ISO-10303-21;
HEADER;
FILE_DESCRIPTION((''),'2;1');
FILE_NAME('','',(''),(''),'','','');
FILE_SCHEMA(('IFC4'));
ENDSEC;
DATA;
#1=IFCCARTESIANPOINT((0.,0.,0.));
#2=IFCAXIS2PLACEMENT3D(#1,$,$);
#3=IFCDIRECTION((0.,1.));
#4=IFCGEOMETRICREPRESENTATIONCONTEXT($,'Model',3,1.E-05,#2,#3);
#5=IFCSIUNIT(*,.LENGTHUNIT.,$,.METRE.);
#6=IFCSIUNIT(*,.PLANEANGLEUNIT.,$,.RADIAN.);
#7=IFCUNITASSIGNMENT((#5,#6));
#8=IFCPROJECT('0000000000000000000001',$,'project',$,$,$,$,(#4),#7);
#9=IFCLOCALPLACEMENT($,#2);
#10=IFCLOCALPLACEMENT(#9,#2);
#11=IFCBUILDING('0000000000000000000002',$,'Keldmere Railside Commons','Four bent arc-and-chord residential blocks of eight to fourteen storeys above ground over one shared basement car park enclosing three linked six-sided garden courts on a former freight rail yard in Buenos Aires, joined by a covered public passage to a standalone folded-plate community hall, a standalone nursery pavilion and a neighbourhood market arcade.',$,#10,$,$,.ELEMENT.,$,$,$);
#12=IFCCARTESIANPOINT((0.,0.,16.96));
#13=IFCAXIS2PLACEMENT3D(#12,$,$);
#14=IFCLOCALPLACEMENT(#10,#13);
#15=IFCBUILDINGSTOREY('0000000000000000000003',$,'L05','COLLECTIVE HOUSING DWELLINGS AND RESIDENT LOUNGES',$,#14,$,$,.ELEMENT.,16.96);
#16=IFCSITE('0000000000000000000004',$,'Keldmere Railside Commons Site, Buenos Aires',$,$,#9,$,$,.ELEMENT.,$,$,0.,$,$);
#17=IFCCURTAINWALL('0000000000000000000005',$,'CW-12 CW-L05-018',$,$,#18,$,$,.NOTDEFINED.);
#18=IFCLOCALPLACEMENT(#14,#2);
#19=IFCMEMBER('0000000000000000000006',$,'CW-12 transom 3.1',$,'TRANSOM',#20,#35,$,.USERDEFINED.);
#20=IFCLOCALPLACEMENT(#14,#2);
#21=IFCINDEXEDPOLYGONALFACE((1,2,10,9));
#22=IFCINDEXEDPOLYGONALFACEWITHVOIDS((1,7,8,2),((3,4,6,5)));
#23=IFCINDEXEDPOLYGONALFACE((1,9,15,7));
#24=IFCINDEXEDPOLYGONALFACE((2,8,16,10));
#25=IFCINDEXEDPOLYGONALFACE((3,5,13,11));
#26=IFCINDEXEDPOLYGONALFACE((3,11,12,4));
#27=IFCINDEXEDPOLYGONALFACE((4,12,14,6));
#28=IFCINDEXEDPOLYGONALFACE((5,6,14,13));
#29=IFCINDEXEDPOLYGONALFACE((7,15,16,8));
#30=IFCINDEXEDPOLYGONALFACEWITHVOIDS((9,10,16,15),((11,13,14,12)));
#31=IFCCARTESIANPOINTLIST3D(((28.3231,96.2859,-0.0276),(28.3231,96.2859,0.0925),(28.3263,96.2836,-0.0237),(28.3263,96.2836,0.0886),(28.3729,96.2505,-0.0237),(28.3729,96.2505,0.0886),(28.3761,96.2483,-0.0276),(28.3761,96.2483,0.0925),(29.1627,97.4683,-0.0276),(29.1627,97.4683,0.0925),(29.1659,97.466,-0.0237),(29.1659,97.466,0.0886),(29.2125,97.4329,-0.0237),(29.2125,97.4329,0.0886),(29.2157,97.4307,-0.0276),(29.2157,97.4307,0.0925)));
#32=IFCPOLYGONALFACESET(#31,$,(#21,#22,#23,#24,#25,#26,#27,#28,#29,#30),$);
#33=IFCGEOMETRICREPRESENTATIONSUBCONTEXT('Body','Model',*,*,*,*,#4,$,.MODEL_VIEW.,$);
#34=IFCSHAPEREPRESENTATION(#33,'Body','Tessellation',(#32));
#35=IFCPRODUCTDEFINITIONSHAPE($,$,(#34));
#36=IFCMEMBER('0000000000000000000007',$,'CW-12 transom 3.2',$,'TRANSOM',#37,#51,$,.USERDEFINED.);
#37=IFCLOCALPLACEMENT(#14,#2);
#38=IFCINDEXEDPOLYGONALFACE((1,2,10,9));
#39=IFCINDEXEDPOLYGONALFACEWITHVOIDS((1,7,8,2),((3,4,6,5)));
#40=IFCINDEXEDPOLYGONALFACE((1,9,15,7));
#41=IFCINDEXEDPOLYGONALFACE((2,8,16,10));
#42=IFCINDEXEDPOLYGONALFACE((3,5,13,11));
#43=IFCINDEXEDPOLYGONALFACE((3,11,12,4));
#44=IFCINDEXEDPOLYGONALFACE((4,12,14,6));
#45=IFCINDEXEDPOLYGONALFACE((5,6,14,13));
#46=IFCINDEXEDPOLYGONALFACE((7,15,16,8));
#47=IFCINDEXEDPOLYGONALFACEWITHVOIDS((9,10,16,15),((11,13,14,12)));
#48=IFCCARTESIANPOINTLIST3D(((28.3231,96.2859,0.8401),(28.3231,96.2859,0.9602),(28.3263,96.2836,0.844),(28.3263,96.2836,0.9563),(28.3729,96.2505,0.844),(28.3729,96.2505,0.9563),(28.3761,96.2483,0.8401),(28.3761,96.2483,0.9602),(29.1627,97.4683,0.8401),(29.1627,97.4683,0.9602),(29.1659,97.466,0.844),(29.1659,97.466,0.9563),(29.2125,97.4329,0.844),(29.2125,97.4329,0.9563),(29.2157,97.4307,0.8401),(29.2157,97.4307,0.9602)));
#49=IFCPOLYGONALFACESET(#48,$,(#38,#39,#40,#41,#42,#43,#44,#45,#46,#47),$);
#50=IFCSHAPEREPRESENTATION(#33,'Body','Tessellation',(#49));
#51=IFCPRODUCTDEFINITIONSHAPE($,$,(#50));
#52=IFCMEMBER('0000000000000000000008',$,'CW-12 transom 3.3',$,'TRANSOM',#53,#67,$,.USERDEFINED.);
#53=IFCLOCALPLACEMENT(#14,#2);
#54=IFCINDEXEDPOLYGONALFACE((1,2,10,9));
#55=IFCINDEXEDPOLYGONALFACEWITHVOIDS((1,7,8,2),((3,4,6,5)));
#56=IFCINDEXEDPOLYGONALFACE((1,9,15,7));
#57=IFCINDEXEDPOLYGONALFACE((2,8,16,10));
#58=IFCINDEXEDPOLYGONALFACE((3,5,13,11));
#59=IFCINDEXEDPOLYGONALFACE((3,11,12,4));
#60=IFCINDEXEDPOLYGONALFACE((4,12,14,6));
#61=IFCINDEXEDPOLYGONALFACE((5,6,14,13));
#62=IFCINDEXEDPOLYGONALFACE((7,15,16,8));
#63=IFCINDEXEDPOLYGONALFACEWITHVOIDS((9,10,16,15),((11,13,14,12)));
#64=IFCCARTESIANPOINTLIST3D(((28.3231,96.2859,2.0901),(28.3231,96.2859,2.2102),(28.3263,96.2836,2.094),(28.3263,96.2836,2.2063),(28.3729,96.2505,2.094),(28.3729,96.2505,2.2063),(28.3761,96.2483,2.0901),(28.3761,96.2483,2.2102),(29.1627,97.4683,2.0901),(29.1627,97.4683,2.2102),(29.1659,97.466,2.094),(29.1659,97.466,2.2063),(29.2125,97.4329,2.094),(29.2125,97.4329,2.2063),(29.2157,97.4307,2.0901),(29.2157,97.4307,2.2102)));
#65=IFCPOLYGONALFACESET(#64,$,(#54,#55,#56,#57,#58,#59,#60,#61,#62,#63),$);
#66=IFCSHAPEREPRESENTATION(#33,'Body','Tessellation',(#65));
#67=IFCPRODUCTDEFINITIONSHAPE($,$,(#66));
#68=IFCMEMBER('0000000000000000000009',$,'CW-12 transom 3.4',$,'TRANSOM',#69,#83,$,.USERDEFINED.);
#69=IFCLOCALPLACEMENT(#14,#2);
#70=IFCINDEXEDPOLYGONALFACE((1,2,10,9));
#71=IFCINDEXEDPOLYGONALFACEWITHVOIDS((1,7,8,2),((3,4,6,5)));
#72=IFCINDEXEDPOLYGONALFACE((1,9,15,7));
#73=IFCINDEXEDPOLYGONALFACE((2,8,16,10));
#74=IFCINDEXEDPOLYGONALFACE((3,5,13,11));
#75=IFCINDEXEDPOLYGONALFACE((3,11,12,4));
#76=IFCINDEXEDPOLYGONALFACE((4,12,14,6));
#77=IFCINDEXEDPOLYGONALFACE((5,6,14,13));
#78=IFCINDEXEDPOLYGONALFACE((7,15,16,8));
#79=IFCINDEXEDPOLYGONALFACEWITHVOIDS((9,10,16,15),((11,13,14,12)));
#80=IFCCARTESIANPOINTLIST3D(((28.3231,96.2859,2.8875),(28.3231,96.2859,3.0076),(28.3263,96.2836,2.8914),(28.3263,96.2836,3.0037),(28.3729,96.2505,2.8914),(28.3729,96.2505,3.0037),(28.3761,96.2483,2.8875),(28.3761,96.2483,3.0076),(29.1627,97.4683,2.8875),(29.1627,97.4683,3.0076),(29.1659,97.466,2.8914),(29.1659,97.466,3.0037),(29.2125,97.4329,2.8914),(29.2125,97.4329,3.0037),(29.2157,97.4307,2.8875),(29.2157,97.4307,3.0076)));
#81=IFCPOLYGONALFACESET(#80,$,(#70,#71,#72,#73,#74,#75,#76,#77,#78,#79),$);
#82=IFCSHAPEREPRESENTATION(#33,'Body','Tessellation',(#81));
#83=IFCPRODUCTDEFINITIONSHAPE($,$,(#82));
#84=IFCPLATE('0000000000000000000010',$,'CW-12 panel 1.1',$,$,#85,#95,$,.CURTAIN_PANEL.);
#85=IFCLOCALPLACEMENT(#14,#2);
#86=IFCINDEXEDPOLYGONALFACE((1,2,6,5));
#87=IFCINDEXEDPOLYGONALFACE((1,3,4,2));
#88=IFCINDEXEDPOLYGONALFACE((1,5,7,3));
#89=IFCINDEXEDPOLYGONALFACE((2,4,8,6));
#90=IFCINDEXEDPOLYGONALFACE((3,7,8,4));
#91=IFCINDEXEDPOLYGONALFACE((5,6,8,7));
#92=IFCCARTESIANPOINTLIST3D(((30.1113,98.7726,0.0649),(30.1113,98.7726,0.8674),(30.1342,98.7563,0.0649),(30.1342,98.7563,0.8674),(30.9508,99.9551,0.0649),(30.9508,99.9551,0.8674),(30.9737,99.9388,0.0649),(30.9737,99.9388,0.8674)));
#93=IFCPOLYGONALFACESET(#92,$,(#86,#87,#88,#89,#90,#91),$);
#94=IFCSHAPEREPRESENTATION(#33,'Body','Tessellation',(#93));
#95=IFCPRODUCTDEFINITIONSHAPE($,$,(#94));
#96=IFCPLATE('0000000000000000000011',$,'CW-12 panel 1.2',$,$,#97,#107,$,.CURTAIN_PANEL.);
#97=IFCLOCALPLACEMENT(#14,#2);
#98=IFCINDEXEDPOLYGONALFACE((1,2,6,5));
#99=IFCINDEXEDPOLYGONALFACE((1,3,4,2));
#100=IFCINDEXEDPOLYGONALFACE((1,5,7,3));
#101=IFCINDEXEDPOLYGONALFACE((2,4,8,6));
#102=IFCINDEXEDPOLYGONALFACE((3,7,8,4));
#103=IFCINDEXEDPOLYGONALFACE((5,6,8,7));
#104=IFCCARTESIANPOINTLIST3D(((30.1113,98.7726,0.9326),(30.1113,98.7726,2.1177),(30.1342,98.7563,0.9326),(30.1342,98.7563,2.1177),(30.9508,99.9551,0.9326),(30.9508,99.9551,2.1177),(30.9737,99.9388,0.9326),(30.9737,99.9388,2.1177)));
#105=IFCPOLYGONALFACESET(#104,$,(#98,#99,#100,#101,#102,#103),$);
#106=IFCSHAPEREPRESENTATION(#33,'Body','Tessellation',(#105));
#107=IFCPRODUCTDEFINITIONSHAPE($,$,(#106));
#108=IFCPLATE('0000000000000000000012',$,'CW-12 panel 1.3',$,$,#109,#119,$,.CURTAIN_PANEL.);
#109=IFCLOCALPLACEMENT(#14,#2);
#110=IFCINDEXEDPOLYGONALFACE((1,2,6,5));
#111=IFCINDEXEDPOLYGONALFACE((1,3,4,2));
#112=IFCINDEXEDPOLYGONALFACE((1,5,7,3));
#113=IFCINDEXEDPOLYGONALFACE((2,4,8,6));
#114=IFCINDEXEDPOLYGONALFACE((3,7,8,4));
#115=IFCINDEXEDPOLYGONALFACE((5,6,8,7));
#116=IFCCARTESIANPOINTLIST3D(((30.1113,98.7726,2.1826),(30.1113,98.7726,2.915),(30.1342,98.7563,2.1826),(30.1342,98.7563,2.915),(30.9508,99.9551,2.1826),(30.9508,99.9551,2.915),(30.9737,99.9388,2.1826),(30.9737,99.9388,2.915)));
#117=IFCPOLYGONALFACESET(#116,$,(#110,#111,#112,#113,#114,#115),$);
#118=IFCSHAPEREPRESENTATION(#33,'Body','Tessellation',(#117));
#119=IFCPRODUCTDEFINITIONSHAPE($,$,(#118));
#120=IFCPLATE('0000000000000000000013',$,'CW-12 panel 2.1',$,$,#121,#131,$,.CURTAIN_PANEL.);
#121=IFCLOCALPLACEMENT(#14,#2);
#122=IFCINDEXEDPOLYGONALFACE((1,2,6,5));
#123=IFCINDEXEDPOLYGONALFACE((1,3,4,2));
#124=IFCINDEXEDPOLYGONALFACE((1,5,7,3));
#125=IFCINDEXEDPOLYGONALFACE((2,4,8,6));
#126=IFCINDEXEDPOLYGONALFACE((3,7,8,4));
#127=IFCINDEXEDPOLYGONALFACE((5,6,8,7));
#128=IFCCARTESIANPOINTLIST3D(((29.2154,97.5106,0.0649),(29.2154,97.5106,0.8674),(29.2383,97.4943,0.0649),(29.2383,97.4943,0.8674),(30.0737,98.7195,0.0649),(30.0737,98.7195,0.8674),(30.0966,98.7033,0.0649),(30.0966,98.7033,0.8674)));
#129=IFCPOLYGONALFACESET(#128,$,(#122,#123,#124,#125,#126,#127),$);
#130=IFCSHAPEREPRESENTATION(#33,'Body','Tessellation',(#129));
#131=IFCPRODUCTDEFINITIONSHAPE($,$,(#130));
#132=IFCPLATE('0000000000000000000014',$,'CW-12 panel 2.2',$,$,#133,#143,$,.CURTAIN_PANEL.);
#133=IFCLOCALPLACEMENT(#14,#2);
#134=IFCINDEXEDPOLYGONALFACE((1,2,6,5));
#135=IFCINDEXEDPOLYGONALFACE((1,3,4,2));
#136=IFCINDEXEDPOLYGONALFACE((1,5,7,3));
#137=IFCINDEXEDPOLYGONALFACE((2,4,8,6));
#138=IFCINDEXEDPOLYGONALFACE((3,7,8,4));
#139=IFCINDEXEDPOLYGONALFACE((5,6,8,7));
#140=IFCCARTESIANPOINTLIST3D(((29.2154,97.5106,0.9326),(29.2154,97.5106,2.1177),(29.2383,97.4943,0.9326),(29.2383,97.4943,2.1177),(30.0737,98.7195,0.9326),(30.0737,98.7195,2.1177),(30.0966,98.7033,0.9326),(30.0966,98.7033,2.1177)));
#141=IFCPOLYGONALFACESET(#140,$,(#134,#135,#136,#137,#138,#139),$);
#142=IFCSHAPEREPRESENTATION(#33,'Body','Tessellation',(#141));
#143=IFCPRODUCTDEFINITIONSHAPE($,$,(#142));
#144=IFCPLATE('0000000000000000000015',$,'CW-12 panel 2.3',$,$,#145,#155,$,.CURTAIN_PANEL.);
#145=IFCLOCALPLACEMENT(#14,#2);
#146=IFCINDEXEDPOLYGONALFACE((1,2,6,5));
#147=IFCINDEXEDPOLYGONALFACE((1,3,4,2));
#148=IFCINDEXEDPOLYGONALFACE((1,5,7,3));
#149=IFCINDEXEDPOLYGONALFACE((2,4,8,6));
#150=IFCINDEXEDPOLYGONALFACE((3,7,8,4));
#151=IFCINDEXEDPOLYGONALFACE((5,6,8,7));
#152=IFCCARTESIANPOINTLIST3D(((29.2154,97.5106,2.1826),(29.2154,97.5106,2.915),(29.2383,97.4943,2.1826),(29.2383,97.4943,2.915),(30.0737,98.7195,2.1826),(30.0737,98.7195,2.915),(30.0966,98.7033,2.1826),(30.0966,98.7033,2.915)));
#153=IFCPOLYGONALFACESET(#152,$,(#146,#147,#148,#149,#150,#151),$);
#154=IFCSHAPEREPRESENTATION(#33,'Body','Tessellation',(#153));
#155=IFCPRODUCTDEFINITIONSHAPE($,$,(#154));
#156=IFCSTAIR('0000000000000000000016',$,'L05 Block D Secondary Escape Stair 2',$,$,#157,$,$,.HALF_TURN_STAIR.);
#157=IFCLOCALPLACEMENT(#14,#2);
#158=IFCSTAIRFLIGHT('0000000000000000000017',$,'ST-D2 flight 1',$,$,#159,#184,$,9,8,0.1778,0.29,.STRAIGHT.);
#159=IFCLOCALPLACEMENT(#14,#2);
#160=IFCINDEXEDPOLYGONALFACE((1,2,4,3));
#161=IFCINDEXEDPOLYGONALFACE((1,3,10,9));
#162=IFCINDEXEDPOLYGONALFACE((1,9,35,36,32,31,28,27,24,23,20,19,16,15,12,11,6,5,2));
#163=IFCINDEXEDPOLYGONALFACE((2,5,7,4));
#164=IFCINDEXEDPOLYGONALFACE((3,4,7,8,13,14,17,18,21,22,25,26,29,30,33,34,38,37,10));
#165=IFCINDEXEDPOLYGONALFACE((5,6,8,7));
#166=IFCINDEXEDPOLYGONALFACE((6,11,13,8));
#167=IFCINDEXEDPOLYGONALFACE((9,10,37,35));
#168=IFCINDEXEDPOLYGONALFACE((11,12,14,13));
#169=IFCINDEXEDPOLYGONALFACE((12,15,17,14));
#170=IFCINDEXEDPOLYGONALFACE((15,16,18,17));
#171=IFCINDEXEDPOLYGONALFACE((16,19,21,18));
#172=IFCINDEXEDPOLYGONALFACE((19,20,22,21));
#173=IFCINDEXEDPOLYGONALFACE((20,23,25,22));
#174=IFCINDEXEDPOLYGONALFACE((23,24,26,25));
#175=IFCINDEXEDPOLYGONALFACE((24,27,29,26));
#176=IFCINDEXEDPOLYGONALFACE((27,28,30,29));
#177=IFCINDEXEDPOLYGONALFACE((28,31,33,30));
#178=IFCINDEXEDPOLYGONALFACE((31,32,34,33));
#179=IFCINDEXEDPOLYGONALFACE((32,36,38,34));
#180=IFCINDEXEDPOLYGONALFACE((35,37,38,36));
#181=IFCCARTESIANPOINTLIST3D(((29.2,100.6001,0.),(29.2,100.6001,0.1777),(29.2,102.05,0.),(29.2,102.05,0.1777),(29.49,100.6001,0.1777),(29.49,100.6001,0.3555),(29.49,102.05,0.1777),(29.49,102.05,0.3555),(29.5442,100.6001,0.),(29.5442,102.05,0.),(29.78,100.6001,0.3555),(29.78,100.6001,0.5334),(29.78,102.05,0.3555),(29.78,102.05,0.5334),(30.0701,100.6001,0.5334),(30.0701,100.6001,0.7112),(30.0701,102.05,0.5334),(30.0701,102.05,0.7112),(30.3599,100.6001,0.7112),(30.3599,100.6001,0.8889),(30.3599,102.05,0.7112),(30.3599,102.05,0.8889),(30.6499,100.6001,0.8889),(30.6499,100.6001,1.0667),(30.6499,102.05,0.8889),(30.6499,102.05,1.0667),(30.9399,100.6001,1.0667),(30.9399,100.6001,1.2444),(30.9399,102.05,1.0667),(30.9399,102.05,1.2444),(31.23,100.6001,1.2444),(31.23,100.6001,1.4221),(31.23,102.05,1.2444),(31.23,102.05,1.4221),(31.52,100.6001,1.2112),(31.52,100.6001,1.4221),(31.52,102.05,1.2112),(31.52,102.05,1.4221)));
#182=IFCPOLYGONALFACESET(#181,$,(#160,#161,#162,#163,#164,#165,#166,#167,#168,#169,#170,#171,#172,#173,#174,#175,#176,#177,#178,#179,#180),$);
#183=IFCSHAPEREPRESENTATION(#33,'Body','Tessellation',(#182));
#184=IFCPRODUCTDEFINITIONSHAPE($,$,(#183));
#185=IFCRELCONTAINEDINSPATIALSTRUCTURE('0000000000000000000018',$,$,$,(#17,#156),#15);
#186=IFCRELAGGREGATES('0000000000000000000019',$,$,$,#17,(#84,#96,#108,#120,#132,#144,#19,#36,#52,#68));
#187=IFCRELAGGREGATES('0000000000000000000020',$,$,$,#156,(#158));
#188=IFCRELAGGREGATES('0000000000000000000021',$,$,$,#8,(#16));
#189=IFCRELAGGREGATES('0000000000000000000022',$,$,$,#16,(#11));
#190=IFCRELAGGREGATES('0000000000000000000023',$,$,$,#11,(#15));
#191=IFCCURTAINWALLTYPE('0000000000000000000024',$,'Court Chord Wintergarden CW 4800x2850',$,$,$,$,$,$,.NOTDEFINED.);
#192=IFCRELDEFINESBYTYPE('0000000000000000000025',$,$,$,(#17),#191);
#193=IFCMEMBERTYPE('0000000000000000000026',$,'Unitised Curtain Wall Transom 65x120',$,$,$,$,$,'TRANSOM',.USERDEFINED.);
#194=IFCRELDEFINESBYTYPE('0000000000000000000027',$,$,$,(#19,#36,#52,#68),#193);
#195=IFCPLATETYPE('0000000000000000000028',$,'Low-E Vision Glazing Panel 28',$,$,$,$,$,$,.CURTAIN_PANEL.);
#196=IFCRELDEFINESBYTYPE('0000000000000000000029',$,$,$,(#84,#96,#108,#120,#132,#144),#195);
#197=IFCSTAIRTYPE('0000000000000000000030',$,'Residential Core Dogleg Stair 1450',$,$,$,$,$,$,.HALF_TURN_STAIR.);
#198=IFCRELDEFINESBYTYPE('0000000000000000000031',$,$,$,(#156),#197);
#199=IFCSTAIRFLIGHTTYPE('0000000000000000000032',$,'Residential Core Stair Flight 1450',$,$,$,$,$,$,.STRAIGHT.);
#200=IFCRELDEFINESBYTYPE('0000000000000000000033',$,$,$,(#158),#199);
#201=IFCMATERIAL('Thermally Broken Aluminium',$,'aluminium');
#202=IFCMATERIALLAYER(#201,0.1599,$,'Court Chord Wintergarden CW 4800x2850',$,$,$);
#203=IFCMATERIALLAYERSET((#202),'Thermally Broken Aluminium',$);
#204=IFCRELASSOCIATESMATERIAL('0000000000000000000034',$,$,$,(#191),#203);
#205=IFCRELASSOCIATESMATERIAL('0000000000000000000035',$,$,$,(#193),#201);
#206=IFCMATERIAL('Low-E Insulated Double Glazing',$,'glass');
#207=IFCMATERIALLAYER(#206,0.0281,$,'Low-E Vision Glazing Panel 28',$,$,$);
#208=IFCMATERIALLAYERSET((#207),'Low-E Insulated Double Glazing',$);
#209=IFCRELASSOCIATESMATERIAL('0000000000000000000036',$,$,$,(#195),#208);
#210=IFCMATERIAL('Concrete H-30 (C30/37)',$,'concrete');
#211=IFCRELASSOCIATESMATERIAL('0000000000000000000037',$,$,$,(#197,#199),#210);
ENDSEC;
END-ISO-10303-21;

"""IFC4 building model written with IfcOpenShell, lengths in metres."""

from ifc_helpers import new_model, si_unit, direction, frame, origin, origin_2d, place, context, subcontext, project, spatial, polyline, rectangle, hollow_rectangle, outline, extrude, material, layer, layer_set, material_profile, profile_set, type_object, element, aggregate, save


model = new_model("IFC4")

# Units and contexts
model_context = context("Model", 3, precision=1e-05, world=origin(), true_north=direction((0.0, 1.0)))
body_context = subcontext(model_context, "Body", "Model", "MODEL_VIEW")
ifc_project = project(units=[si_unit("LENGTHUNIT", "METRE"), si_unit("PLANEANGLEUNIT", "RADIAN")], contexts=[model_context])

# Site, building, storey
site_placement = place(None, origin())
site = spatial("IfcSite", under=ifc_project, at=site_placement, Name="Keldmere Railside Commons Site, Buenos Aires", CompositionType="ELEMENT", RefElevation=0.0)
building_placement = place(site_placement, origin())
building = spatial("IfcBuilding", under=site, at=building_placement, Name="Keldmere Railside Commons", Description="Four bent arc-and-chord residential blocks of eight to fourteen storeys above ground over one shared basement car park enclosing three linked six-sided garden courts on a former freight rail yard in Buenos Aires, joined by a covered public passage to a standalone folded-plate community hall, a standalone nursery pavilion and a neighbourhood market arcade.", CompositionType="ELEMENT")
storey_placement = place(building_placement, frame((0.0, 0.0, 16.96)))
storey = spatial("IfcBuildingStorey", under=building, at=storey_placement, Name="L05", Description="COLLECTIVE HOUSING DWELLINGS AND RESIDENT LOUNGES", CompositionType="ELEMENT", Elevation=16.96)

# Curtain wall, members, plates
ifc_material_1 = material(Name="Thermally Broken Aluminium", Category="aluminium")
ifc_layer_1 = layer(ifc_material_1, 0.1599, Name="Court Chord Wintergarden CW 4800x2850")
ifc_layer_set_1 = layer_set([ifc_layer_1], Name="Thermally Broken Aluminium")
curtain_wall_type = type_object("IfcCurtainWallType", Name="Court Chord Wintergarden CW 4800x2850", PredefinedType="NOTDEFINED", material=ifc_layer_set_1)
curtain_wall_placement = place(storey_placement, origin())
curtain_wall = element("IfcCurtainWall", 1, at=curtain_wall_placement, inside=storey, type_object=curtain_wall_type, Name="CW-12 CW-L05-018", PredefinedType="NOTDEFINED")
ifc_material_profile_1 = material_profile(ifc_material_1, hollow_rectangle(XDim=0.0649, YDim=0.1201, WallThickness=0.0039, at=origin_2d()), Name="ALU-TRAN-65x120")
ifc_profile_set_1 = profile_set([ifc_material_profile_1], Name="Thermally Broken Aluminium")
member_type_1 = type_object("IfcMemberType", Name="Unitised Curtain Wall Transom 65x120", ElementType="TRANSOM", PredefinedType="USERDEFINED", material=ifc_profile_set_1)
member_1_placement = place(storey_placement, frame((29.1892, 97.4495, 0.0325), z_axis=(-0.578975, -0.815346, 0.0), x_axis=(0.815346, -0.578975, 0.0)))
member_1 = element("IfcMember", 2, at=member_1_placement, type_object=member_type_1, Name="CW-12 transom 3.1", ObjectType="TRANSOM", PredefinedType="USERDEFINED", context=body_context, shape_type="SweptSolid", body=[
    extrude(hollow_rectangle(XDim=0.0649, YDim=0.1201, WallThickness=0.0039, at=origin_2d()), origin(), (0.0, 0.0, 1.0), 1.4502),
])
member_2_placement = place(storey_placement, frame((29.1892, 97.4495, 0.9001), z_axis=(-0.578975, -0.815346, 0.0), x_axis=(0.815346, -0.578975, 0.0)))
member_2 = element("IfcMember", 3, at=member_2_placement, type_object=member_type_1, Name="CW-12 transom 3.2", ObjectType="TRANSOM", PredefinedType="USERDEFINED", context=body_context, shape_type="SweptSolid", body=[
    extrude(hollow_rectangle(XDim=0.0649, YDim=0.1201, WallThickness=0.0039, at=origin_2d()), origin(), (0.0, 0.0, 1.0), 1.4502),
])
member_3_placement = place(storey_placement, frame((29.1892, 97.4495, 2.1501), z_axis=(-0.578975, -0.815346, 0.0), x_axis=(0.815346, -0.578975, 0.0)))
member_3 = element("IfcMember", 4, at=member_3_placement, type_object=member_type_1, Name="CW-12 transom 3.3", ObjectType="TRANSOM", PredefinedType="USERDEFINED", context=body_context, shape_type="SweptSolid", body=[
    extrude(hollow_rectangle(XDim=0.0649, YDim=0.1201, WallThickness=0.0039, at=origin_2d()), origin(), (0.0, 0.0, 1.0), 1.4502),
])
member_4_placement = place(storey_placement, frame((29.1892, 97.4495, 2.9475), z_axis=(-0.578975, -0.815346, 0.0), x_axis=(0.815346, -0.578975, 0.0)))
member_4 = element("IfcMember", 5, at=member_4_placement, type_object=member_type_1, Name="CW-12 transom 3.4", ObjectType="TRANSOM", PredefinedType="USERDEFINED", context=body_context, shape_type="SweptSolid", body=[
    extrude(hollow_rectangle(XDim=0.0649, YDim=0.1201, WallThickness=0.0039, at=origin_2d()), origin(), (0.0, 0.0, 1.0), 1.4502),
])
ifc_material_2 = material(Name="Low-E Insulated Double Glazing", Category="glass")
ifc_layer_2 = layer(ifc_material_2, 0.0281, Name="Low-E Vision Glazing Panel 28")
ifc_layer_set_2 = layer_set([ifc_layer_2], Name="Low-E Insulated Double Glazing")
plate_type = type_object("IfcPlateType", Name="Low-E Vision Glazing Panel 28", PredefinedType="CURTAIN_PANEL", material=ifc_layer_set_2)
plate_1_placement = place(storey_placement, frame((30.5425, 99.3557, 0.0649), z_axis=(0.0, 0.0, 1.0), x_axis=(-0.578913, -0.815389, 0.0)))
plate_1 = element("IfcPlate", 6, at=plate_1_placement, type_object=plate_type, Name="CW-12 panel 1.1", PredefinedType="CURTAIN_PANEL", context=body_context, shape_type="SweptSolid", body=[
    extrude(rectangle(XDim=1.4502, YDim=0.0281, at=origin_2d()), origin(), (0.0, 0.0, 1.0), 0.8025),
])
plate_2_placement = place(storey_placement, frame((30.5425, 99.3557, 0.9326), z_axis=(0.0, 0.0, 1.0), x_axis=(-0.578913, -0.815389, 0.0)))
plate_2 = element("IfcPlate", 7, at=plate_2_placement, type_object=plate_type, Name="CW-12 panel 1.2", PredefinedType="CURTAIN_PANEL", context=body_context, shape_type="SweptSolid", body=[
    extrude(rectangle(XDim=1.4502, YDim=0.0281, at=origin_2d()), origin(), (0.0, 0.0, 1.0), 1.1851),
])
plate_3_placement = place(storey_placement, frame((30.5425, 99.3557, 2.1826), z_axis=(0.0, 0.0, 1.0), x_axis=(-0.578913, -0.815389, 0.0)))
plate_3 = element("IfcPlate", 8, at=plate_3_placement, type_object=plate_type, Name="CW-12 panel 1.3", PredefinedType="CURTAIN_PANEL", context=body_context, shape_type="SweptSolid", body=[
    extrude(rectangle(XDim=1.4502, YDim=0.0281, at=origin_2d()), origin(), (0.0, 0.0, 1.0), 0.7324),
])
plate_4_placement = place(storey_placement, frame((29.656, 98.1069, 0.0649), z_axis=(0.0, 0.0, 1.0), x_axis=(-0.578913, -0.815389, 0.0)))
plate_4 = element("IfcPlate", 9, at=plate_4_placement, type_object=plate_type, Name="CW-12 panel 2.1", PredefinedType="CURTAIN_PANEL", context=body_context, shape_type="SweptSolid", body=[
    extrude(rectangle(XDim=1.4827, YDim=0.0281, at=origin_2d()), origin(), (0.0, 0.0, 1.0), 0.8025),
])
plate_5_placement = place(storey_placement, frame((29.656, 98.1069, 0.9326), z_axis=(0.0, 0.0, 1.0), x_axis=(-0.578913, -0.815389, 0.0)))
plate_5 = element("IfcPlate", 10, at=plate_5_placement, type_object=plate_type, Name="CW-12 panel 2.2", PredefinedType="CURTAIN_PANEL", context=body_context, shape_type="SweptSolid", body=[
    extrude(rectangle(XDim=1.4827, YDim=0.0281, at=origin_2d()), origin(), (0.0, 0.0, 1.0), 1.1851),
])
plate_6_placement = place(storey_placement, frame((29.656, 98.1069, 2.1826), z_axis=(0.0, 0.0, 1.0), x_axis=(-0.578913, -0.815389, 0.0)))
plate_6 = element("IfcPlate", 11, at=plate_6_placement, type_object=plate_type, Name="CW-12 panel 2.3", PredefinedType="CURTAIN_PANEL", context=body_context, shape_type="SweptSolid", body=[
    extrude(rectangle(XDim=1.4827, YDim=0.0281, at=origin_2d()), origin(), (0.0, 0.0, 1.0), 0.7324),
])
aggregate(curtain_wall, [plate_1, plate_2, plate_3, plate_4, plate_5, plate_6, member_1, member_2, member_3, member_4])

# Stair, stair flight
ifc_material_3 = material(Name="Concrete H-30 (C30/37)", Category="concrete")
stair_type = type_object("IfcStairType", Name="Residential Core Dogleg Stair 1450", PredefinedType="HALF_TURN_STAIR", material=ifc_material_3)
stair_placement = place(storey_placement, origin())
stair = element("IfcStair", 12, at=stair_placement, inside=storey, type_object=stair_type, Name="L05 Block D Secondary Escape Stair 2", PredefinedType="HALF_TURN_STAIR")
stair_flight_type = type_object("IfcStairFlightType", Name="Residential Core Stair Flight 1450", PredefinedType="STRAIGHT", material=ifc_material_3)
stair_flight_placement = place(storey_placement, frame((29.2, 101.325, 0.0), z_axis=(0.0, 0.0, 1.0), x_axis=(1.0, 0.0, 0.0)))
stair_flight = element("IfcStairFlight", 13, at=stair_flight_placement, type_object=stair_flight_type, Name="ST-D2 flight 1", NumberOfRisers=9, NumberOfTreads=8, PredefinedType="STRAIGHT", RiserHeight=0.1778, TreadLength=0.29, context=body_context, shape_type="SweptSolid", body=[
    extrude(outline(polyline([(0.0, 0.0), (0.0, 0.1777), (0.29, 0.1777), (0.29, 0.3555), (0.5801, 0.3555), (0.5801, 0.5334), (0.8701, 0.5334), (0.8701, 0.7112), (1.1599, 0.7112), (1.1599, 0.8889), (1.45, 0.8889), (1.45, 1.0667), (1.74, 1.0667), (1.74, 1.2444), (2.03, 1.2444), (2.03, 1.4221), (2.3201, 1.4221), (2.3201, 1.6001), (2.3201, 1.2112), (0.3442, 0.0), (0.0, 0.0)])), frame((0.0, 0.7251, 0.0), z_axis=(0.0, -1.0, 0.0), x_axis=(1.0, 0.0, 0.0)), (0.0, 0.0, 1.0), 1.45),
])
aggregate(stair, [stair_flight])

save(model, "model.ifc")
